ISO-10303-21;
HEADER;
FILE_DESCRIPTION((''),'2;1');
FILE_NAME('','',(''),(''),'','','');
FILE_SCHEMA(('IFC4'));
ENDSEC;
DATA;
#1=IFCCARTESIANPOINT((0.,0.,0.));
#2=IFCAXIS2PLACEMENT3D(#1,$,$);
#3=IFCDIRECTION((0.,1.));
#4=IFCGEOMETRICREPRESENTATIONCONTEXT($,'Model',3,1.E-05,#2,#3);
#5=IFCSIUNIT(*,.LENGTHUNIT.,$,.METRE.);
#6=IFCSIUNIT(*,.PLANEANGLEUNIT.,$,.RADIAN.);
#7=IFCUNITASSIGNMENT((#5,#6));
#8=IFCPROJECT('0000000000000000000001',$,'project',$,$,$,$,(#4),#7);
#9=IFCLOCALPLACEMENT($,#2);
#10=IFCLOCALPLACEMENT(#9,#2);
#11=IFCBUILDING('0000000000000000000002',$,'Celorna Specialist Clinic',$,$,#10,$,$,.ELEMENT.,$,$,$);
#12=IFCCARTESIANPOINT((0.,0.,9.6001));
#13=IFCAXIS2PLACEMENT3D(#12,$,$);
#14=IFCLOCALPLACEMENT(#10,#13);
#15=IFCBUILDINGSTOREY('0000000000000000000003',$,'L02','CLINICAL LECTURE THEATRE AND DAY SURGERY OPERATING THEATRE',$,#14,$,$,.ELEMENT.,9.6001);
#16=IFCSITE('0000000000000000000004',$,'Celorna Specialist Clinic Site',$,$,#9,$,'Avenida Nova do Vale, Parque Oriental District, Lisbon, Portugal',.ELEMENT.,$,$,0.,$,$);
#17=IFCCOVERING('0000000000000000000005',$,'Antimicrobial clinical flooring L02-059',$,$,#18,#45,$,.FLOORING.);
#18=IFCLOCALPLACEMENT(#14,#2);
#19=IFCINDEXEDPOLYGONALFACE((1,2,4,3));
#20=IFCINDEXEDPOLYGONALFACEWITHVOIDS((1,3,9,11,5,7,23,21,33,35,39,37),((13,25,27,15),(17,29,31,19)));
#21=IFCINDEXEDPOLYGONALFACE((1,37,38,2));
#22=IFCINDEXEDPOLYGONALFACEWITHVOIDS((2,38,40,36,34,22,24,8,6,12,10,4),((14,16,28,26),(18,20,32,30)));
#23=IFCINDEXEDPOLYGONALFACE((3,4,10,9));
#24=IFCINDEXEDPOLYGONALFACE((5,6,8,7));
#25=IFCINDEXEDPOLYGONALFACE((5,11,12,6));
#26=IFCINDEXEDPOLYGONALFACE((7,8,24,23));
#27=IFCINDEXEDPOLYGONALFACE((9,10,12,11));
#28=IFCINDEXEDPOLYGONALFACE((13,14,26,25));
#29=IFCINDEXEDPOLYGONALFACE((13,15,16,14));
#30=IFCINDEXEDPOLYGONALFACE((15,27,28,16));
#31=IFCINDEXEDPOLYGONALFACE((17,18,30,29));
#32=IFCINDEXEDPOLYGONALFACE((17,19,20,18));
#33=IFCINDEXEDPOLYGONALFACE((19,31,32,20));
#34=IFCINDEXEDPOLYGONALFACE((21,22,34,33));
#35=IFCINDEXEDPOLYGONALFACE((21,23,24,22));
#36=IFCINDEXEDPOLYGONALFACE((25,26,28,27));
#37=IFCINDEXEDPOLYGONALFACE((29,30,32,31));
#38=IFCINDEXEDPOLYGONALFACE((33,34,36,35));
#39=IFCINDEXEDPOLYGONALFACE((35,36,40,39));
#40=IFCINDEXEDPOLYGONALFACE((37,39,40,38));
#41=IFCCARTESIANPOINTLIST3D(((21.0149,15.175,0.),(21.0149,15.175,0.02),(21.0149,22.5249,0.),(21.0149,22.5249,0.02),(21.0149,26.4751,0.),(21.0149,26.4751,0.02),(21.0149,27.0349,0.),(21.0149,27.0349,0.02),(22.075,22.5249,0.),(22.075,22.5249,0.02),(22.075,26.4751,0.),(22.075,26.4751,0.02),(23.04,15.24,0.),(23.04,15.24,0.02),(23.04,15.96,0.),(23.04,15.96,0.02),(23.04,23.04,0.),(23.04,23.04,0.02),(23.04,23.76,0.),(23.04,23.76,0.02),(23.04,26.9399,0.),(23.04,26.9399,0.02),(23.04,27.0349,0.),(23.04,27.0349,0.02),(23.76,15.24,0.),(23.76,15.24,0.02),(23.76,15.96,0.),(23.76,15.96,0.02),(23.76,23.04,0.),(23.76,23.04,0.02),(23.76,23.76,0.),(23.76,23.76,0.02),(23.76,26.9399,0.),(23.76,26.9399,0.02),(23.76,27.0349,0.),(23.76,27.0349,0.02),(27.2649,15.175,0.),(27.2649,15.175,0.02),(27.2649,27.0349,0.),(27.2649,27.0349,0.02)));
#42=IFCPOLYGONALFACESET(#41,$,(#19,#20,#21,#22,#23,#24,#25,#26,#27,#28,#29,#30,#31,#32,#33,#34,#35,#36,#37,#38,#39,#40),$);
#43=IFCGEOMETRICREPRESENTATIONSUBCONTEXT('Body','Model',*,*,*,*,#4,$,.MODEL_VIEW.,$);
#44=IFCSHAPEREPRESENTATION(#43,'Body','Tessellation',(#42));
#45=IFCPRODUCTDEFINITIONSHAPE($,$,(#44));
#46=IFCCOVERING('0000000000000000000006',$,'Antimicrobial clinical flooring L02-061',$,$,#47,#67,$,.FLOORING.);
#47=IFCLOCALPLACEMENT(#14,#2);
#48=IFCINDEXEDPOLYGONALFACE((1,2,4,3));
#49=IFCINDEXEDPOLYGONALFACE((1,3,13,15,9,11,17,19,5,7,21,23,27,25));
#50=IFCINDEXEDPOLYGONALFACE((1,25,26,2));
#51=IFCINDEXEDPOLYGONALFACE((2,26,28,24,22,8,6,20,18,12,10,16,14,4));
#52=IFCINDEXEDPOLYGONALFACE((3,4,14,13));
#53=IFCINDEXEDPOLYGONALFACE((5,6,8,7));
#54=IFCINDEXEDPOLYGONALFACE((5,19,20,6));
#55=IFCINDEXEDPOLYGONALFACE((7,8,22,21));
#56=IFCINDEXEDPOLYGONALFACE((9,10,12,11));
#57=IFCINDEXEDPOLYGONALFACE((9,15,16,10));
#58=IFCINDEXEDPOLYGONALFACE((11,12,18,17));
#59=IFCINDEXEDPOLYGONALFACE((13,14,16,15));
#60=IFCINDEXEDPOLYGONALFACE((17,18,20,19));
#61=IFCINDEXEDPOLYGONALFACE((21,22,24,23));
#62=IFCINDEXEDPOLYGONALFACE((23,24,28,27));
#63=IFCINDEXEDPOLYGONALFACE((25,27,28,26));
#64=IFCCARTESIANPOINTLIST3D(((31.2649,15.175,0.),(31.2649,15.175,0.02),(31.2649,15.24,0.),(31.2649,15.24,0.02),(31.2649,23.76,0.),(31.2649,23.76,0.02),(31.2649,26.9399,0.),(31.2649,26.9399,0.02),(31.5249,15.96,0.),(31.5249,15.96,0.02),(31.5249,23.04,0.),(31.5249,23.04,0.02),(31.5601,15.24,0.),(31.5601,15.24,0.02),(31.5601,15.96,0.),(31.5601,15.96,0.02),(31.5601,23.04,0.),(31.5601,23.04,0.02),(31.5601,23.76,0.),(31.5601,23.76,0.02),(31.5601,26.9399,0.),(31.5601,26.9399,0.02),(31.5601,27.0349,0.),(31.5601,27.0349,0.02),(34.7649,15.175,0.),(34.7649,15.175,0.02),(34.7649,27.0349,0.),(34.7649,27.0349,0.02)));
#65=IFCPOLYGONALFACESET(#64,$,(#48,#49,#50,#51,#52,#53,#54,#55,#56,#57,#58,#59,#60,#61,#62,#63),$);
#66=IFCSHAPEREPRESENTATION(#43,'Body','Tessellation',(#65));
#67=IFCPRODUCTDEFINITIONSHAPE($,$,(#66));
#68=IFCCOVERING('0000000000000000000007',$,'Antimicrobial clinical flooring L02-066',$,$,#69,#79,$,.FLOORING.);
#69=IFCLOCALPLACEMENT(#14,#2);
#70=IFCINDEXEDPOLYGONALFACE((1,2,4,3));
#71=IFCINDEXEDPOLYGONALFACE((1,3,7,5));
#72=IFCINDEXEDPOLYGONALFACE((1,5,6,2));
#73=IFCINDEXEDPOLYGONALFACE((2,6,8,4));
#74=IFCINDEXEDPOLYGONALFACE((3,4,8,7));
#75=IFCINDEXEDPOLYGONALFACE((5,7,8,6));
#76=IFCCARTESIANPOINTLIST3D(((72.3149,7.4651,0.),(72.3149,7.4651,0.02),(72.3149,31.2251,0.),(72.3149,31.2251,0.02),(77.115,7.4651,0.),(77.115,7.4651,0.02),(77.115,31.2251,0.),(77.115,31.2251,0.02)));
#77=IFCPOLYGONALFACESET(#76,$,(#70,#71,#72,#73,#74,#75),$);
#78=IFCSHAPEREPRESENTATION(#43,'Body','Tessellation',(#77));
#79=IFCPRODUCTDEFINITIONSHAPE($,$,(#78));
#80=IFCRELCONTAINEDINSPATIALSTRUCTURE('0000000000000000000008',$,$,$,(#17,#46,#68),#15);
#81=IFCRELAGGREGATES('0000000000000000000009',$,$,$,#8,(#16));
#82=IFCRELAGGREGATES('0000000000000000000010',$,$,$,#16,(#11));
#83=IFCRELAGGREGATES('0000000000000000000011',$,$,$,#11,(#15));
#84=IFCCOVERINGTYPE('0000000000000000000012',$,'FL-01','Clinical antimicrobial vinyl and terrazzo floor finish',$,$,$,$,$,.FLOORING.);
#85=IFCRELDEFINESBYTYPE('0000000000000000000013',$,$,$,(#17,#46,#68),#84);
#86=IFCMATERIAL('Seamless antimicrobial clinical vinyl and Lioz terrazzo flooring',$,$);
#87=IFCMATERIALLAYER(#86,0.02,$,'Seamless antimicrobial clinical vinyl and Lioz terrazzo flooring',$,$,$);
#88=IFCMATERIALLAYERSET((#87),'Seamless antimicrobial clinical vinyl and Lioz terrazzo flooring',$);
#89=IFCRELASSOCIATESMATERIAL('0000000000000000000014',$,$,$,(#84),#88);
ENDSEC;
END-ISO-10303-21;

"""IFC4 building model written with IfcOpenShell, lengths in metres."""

from ifc_helpers import new_model, si_unit, direction, frame, origin, place, context, subcontext, project, spatial, polyline, outline, extrude, material, layer, layer_set, type_object, element, save


model = new_model("IFC4")

# Units and contexts
model_context = context("Model", 3, precision=1e-05, world=origin(), true_north=direction((0.0, 1.0)))
body_context = subcontext(model_context, "Body", "Model", "MODEL_VIEW")
ifc_project = project(units=[si_unit("LENGTHUNIT", "METRE"), si_unit("PLANEANGLEUNIT", "RADIAN")], contexts=[model_context])

# Site, building, storey
site_placement = place(None, origin())
site = spatial("IfcSite", under=ifc_project, at=site_placement, Name="Celorna Specialist Clinic Site", LongName="Avenida Nova do Vale, Parque Oriental District, Lisbon, Portugal", CompositionType="ELEMENT", RefElevation=0.0)
building_placement = place(site_placement, origin())
building = spatial("IfcBuilding", under=site, at=building_placement, Name="Celorna Specialist Clinic", CompositionType="ELEMENT")
storey_placement = place(building_placement, frame((0.0, 0.0, 9.6001)))
storey = spatial("IfcBuildingStorey", under=building, at=storey_placement, Name="L02", Description="CLINICAL LECTURE THEATRE AND DAY SURGERY OPERATING THEATRE", CompositionType="ELEMENT", Elevation=9.6001)

# Coverings
ifc_material_1 = material(Name="Seamless antimicrobial clinical vinyl and Lioz terrazzo flooring")
ifc_layer_1 = layer(ifc_material_1, 0.02, Name="Seamless antimicrobial clinical vinyl and Lioz terrazzo flooring")
ifc_layer_set_1 = layer_set([ifc_layer_1], Name="Seamless antimicrobial clinical vinyl and Lioz terrazzo flooring")
covering_type_1 = type_object("IfcCoveringType", Name="FL-01", Description="Clinical antimicrobial vinyl and terrazzo floor finish", PredefinedType="FLOORING", material=ifc_layer_set_1)
covering_1_placement = place(storey_placement, origin())
element("IfcCovering", 1, at=covering_1_placement, inside=storey, type_object=covering_type_1, Name="Antimicrobial clinical flooring L02-059", PredefinedType="FLOORING", context=body_context, shape_type="SweptSolid", body=[
    extrude(outline(polyline([(23.04, 27.0349), (23.04, 26.9399), (23.76, 26.9399), (23.76, 27.0349), (27.2649, 27.0349), (27.2649, 15.175), (21.0149, 15.175), (21.0149, 22.5249), (22.075, 22.5249), (22.075, 26.4751), (21.0149, 26.4751), (21.0149, 27.0349), (23.04, 27.0349)]), holes=[polyline([(23.76, 15.96), (23.04, 15.96), (23.04, 15.24), (23.76, 15.24), (23.76, 15.96)]), polyline([(23.76, 23.76), (23.04, 23.76), (23.04, 23.04), (23.76, 23.04), (23.76, 23.76)])]), origin(), (0.0, 0.0, 1.0), 0.02),
])
covering_2_placement = place(storey_placement, origin())
element("IfcCovering", 2, at=covering_2_placement, inside=storey, type_object=covering_type_1, Name="Antimicrobial clinical flooring L02-061", PredefinedType="FLOORING", context=body_context, shape_type="SweptSolid", body=[
    extrude(outline(polyline([(31.5249, 15.96), (31.5249, 23.04), (31.5601, 23.04), (31.5601, 23.76), (31.2649, 23.76), (31.2649, 26.9399), (31.5601, 26.9399), (31.5601, 27.0349), (34.7649, 27.0349), (34.7649, 15.175), (31.2649, 15.175), (31.2649, 15.24), (31.5601, 15.24), (31.5601, 15.96), (31.5249, 15.96)])), origin(), (0.0, 0.0, 1.0), 0.02),
])
covering_3_placement = place(storey_placement, origin())
element("IfcCovering", 3, at=covering_3_placement, inside=storey, type_object=covering_type_1, Name="Antimicrobial clinical flooring L02-066", PredefinedType="FLOORING", context=body_context, shape_type="SweptSolid", body=[
    extrude(outline(polyline([(72.3149, 31.2251), (77.115, 31.2251), (77.115, 7.4651), (72.3149, 7.4651), (72.3149, 31.2251)])), origin(), (0.0, 0.0, 1.0), 0.02),
])

save(model, "model.ifc")
